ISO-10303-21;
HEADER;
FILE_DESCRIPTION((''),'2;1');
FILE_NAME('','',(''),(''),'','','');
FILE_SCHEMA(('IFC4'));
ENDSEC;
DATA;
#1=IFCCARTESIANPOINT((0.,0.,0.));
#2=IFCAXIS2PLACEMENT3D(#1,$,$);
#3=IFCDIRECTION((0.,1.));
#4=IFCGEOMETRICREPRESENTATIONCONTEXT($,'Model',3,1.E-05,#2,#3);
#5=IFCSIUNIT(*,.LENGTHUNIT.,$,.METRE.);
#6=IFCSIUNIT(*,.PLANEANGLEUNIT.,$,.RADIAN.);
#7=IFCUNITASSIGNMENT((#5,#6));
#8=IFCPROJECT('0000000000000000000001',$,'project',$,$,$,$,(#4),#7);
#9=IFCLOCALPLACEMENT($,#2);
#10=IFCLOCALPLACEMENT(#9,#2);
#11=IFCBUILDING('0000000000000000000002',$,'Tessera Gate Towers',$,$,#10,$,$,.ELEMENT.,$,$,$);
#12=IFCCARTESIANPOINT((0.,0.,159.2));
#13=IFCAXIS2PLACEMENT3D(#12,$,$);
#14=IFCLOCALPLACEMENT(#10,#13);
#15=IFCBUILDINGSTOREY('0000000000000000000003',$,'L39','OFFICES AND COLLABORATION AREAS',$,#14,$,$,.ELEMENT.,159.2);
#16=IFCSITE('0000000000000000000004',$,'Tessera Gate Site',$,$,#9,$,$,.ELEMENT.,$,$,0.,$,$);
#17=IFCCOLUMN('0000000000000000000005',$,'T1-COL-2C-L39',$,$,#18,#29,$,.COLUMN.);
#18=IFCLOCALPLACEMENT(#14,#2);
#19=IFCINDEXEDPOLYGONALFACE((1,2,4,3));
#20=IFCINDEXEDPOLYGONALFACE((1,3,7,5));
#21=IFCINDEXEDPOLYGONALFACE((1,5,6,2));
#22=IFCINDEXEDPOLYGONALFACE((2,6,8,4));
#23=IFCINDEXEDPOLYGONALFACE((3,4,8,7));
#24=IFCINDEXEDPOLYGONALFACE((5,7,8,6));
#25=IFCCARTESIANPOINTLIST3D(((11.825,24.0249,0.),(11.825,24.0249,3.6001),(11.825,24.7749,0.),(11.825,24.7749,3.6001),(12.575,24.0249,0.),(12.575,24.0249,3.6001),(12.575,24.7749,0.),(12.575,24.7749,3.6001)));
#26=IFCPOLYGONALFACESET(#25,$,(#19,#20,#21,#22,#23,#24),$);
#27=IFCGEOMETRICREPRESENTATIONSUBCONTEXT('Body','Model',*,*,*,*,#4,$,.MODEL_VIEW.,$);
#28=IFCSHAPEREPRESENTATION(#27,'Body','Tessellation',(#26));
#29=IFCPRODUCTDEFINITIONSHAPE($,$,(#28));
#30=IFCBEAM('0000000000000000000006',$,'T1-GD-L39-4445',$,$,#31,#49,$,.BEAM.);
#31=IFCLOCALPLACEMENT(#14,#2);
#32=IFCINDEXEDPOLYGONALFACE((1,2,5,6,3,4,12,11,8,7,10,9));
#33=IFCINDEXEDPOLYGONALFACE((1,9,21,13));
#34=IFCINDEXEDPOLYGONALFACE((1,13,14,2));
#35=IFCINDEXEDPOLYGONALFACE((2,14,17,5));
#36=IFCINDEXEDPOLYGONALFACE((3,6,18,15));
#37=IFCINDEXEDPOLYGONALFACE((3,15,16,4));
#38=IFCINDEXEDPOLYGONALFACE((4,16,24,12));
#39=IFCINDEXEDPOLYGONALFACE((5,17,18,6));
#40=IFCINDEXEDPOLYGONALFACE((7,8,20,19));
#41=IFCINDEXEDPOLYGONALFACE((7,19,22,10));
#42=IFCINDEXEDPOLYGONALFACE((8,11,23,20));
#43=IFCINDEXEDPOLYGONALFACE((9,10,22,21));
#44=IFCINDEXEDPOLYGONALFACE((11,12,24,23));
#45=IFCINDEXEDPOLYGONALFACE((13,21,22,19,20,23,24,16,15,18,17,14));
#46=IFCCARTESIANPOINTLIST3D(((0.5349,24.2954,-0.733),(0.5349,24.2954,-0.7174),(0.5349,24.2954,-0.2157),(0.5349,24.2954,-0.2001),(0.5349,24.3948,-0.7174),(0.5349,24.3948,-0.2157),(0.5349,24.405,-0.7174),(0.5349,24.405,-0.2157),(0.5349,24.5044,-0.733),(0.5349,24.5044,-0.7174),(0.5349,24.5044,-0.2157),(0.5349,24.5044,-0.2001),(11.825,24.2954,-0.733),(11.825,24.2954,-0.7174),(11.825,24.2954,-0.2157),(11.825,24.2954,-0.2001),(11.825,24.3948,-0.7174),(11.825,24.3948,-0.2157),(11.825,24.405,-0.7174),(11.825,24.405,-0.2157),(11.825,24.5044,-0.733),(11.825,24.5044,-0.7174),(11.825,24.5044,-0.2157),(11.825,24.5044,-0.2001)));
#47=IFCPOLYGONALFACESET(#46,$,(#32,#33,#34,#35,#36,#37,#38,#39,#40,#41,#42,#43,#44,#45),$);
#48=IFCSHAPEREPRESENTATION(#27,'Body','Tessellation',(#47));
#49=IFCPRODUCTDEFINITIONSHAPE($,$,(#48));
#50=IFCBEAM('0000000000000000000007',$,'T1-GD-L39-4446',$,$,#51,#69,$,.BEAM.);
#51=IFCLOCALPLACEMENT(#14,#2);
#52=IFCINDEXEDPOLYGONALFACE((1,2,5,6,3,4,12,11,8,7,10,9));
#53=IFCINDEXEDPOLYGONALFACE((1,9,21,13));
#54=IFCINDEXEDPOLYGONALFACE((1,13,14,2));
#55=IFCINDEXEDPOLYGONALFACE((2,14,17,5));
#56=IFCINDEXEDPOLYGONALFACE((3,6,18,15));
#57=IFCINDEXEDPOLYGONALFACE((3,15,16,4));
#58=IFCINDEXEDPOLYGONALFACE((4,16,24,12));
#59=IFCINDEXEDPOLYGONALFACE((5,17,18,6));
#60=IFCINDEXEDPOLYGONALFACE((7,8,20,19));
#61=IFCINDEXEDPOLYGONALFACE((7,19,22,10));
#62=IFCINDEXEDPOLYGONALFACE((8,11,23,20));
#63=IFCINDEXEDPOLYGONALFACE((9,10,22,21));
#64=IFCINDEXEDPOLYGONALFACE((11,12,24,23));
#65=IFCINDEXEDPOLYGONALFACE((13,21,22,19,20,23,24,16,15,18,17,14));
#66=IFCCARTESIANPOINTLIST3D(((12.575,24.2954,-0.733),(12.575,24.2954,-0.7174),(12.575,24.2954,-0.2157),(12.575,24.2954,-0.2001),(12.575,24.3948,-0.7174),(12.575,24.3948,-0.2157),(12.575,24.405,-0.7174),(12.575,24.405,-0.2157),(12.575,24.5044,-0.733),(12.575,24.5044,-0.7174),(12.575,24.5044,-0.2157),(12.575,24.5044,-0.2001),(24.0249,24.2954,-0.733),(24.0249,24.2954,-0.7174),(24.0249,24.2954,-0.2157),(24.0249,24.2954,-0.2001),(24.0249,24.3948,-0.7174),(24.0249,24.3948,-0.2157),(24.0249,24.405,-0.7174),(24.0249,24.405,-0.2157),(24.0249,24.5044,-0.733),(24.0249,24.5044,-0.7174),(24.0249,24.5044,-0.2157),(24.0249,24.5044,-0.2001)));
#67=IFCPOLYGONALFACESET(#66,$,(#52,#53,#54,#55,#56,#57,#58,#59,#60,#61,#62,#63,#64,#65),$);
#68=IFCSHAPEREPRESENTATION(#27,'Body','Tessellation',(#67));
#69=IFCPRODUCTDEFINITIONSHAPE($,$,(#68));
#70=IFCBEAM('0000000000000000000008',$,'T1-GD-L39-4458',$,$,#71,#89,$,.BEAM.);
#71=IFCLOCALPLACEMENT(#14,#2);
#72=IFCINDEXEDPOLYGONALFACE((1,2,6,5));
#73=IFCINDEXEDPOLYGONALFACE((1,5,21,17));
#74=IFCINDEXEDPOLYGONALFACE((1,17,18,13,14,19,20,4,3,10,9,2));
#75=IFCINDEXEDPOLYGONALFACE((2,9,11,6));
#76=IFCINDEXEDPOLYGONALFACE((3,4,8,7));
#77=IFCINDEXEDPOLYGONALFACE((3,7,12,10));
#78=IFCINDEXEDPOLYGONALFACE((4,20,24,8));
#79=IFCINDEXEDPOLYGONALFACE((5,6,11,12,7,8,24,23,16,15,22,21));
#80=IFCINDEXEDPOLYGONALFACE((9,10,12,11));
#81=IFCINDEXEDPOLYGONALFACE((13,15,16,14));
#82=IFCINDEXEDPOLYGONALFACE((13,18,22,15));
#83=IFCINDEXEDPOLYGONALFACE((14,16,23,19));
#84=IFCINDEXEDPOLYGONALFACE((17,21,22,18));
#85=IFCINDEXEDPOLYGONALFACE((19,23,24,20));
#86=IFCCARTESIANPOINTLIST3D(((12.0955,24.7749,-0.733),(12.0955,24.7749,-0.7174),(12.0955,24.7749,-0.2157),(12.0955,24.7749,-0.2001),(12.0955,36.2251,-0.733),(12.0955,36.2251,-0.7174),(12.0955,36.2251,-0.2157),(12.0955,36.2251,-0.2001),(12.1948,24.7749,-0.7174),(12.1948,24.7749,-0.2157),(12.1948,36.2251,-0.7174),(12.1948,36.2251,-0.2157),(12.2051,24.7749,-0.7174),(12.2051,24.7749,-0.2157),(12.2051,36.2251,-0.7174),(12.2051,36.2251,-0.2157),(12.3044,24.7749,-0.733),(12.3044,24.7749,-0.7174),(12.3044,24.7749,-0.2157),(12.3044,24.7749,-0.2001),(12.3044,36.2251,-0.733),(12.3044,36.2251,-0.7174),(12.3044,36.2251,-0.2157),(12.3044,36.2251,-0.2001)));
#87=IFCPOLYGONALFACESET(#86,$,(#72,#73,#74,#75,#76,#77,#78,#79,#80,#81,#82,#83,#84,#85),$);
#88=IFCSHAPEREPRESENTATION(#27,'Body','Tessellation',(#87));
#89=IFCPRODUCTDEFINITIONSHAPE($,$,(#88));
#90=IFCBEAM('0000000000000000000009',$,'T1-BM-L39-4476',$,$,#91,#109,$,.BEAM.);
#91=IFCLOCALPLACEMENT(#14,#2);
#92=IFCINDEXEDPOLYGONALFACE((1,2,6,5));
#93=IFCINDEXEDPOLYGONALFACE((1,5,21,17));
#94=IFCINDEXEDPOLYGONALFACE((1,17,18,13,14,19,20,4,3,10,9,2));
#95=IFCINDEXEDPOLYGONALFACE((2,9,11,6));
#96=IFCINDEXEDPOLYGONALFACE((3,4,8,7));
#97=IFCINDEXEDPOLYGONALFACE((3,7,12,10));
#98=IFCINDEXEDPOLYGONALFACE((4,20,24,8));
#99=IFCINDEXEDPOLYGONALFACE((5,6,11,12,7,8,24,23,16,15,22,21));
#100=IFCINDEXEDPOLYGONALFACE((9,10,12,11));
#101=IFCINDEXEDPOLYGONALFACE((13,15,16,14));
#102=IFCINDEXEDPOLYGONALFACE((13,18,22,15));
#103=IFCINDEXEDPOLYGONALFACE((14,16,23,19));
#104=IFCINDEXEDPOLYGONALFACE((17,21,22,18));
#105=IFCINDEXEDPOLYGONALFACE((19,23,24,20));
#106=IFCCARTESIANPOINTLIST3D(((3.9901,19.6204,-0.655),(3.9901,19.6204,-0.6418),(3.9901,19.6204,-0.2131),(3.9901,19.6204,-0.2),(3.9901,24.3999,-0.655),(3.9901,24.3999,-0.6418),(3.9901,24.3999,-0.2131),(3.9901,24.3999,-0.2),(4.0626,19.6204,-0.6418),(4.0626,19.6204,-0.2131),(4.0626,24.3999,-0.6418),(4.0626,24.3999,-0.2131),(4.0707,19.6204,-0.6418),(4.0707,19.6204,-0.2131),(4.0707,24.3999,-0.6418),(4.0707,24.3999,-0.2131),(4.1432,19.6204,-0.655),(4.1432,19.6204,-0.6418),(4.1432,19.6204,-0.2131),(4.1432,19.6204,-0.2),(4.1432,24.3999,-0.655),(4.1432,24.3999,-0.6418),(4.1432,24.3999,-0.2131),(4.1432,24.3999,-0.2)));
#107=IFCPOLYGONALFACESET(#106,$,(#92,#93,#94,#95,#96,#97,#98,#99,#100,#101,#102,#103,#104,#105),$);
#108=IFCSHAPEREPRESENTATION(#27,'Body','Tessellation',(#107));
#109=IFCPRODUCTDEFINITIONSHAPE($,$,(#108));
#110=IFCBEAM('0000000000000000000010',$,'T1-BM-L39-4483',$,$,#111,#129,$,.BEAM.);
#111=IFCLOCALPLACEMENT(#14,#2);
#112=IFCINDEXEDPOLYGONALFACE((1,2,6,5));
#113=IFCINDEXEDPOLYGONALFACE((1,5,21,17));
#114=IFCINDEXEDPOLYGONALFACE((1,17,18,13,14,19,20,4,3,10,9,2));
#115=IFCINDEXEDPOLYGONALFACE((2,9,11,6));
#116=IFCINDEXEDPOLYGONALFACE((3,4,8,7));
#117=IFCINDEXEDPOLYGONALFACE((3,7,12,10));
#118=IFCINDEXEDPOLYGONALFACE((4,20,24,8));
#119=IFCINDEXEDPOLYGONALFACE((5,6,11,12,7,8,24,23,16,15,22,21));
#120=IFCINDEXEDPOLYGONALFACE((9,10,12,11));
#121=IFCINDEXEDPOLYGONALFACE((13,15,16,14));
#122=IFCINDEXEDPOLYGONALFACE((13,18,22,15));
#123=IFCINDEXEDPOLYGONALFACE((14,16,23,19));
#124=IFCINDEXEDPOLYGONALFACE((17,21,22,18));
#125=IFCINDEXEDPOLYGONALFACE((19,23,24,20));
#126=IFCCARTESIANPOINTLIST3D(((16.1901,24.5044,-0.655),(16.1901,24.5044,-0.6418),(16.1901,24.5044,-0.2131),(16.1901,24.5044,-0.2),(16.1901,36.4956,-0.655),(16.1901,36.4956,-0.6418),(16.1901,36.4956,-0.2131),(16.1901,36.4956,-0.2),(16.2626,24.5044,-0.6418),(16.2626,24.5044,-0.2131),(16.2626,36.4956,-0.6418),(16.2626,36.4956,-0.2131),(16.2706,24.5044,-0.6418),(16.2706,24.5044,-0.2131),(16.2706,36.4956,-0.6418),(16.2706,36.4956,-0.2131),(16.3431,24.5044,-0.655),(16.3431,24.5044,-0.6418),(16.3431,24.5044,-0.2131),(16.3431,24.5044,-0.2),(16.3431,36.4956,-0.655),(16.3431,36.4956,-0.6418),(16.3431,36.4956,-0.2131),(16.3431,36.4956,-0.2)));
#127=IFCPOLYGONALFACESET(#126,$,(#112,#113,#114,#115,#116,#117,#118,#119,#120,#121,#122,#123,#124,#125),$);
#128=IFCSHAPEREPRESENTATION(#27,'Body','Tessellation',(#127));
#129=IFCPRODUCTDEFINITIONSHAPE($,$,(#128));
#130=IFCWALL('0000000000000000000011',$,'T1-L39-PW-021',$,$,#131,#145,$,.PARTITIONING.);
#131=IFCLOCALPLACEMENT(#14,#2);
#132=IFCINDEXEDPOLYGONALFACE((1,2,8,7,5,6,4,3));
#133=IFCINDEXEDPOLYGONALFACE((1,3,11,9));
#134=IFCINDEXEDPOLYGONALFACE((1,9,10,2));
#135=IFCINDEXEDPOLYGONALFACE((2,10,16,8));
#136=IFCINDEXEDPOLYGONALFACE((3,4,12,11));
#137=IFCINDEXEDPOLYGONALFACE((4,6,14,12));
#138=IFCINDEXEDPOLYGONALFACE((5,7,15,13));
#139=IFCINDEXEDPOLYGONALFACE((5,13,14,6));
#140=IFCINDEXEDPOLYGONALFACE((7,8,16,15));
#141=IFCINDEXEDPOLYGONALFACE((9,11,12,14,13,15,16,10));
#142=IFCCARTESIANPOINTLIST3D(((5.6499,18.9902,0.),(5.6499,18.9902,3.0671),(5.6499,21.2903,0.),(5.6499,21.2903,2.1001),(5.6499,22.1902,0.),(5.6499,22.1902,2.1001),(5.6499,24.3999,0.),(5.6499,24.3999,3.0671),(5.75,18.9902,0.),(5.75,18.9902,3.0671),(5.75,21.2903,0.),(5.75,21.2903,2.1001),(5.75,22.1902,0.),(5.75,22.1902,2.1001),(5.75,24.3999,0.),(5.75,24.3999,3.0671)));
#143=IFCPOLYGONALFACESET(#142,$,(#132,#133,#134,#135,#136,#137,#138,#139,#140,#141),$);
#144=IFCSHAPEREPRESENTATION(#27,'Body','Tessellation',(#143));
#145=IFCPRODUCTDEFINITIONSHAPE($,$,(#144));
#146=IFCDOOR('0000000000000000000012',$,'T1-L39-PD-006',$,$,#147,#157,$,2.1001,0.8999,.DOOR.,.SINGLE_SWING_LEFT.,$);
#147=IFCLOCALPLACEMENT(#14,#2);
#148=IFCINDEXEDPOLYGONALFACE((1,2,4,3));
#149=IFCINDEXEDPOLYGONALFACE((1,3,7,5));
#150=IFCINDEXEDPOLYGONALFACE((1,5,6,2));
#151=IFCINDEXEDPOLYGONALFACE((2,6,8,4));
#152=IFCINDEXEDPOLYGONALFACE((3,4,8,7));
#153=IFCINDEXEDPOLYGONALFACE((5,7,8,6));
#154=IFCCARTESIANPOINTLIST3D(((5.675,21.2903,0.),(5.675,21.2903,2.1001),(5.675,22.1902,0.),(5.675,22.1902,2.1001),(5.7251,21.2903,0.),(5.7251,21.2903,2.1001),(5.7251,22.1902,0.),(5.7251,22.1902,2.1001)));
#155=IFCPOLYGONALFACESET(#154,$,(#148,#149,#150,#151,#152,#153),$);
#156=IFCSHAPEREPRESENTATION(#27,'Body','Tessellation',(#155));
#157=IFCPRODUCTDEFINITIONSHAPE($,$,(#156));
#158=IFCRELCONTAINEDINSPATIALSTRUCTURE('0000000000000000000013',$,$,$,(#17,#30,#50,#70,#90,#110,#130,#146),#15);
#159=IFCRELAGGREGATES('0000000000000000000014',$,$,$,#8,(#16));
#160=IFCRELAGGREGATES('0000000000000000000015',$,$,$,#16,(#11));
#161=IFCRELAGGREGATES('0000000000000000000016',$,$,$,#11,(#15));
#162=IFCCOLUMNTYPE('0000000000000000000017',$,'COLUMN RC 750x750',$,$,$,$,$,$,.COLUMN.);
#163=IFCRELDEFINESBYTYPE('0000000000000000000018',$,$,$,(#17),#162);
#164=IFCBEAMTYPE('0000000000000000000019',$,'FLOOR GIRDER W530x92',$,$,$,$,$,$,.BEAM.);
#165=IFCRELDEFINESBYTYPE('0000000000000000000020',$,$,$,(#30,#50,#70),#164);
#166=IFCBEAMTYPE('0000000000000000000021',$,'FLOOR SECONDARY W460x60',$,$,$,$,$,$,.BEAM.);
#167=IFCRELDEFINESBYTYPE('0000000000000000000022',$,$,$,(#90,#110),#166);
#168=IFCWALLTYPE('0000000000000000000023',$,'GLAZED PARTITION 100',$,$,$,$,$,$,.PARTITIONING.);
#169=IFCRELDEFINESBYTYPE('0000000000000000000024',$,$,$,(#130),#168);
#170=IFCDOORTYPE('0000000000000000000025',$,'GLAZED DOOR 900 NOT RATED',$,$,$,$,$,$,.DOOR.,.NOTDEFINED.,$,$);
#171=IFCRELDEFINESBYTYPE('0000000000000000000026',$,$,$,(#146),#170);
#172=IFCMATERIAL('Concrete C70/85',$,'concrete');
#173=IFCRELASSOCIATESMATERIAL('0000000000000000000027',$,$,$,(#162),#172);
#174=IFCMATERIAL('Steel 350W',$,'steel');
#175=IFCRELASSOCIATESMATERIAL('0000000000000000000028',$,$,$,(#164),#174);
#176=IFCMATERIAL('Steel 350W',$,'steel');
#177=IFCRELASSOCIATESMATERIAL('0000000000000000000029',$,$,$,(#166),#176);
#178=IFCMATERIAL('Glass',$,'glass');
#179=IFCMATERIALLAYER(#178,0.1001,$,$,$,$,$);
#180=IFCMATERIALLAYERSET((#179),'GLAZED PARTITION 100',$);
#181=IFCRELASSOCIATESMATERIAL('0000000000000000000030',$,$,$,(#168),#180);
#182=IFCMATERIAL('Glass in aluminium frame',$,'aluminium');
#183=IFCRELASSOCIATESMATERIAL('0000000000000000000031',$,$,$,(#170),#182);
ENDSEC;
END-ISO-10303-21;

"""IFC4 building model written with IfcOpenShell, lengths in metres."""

from ifc_helpers import new_model, si_unit, direction, frame, frame_2d, origin, origin_2d, place, context, subcontext, project, spatial, rectangle, i_section, extrude, source, transform, mapped, material, layer, layer_set, material_profile, profile_set, type_object, element, fill, save


model = new_model("IFC4")

# Units and contexts
model_context = context("Model", 3, precision=1e-05, world=origin(), true_north=direction((0.0, 1.0)))
body_context = subcontext(model_context, "Body", "Model", "MODEL_VIEW")
ifc_project = project(units=[si_unit("LENGTHUNIT", "METRE"), si_unit("PLANEANGLEUNIT", "RADIAN")], contexts=[model_context])

# Site, building, storey
site_placement = place(None, origin())
site = spatial("IfcSite", under=ifc_project, at=site_placement, Name="Tessera Gate Site", CompositionType="ELEMENT", RefElevation=0.0)
building_placement = place(site_placement, origin())
building = spatial("IfcBuilding", under=site, at=building_placement, Name="Tessera Gate Towers", CompositionType="ELEMENT")
storey_placement = place(building_placement, frame((0.0, 0.0, 159.2)))
storey = spatial("IfcBuildingStorey", under=building, at=storey_placement, Name="L39", Description="OFFICES AND COLLABORATION AREAS", CompositionType="ELEMENT", Elevation=159.2)

# Column
ifc_material_1 = material(Name="Concrete C70/85", Category="concrete")
ifc_material_profile_1 = material_profile(ifc_material_1, rectangle(XDim=0.75, YDim=0.75, at=origin_2d()), Name="RC 750x750")
ifc_profile_set_1 = profile_set([ifc_material_profile_1], Name="Concrete C70/85")
column_type = type_object("IfcColumnType", Name="COLUMN RC 750x750", PredefinedType="COLUMN", material=ifc_profile_set_1)
column_placement = place(storey_placement, frame((12.2, 24.3999, 0.0), z_axis=(0.0, 0.0, 1.0), x_axis=(1.0, 0.0, 0.0)))
element("IfcColumn", 1, at=column_placement, inside=storey, type_object=column_type, Name="T1-COL-2C-L39", PredefinedType="COLUMN", context=body_context, shape_type="SweptSolid", body=[
    extrude(rectangle(XDim=0.75, YDim=0.75, at=origin_2d()), origin(), (0.0, 0.0, 1.0), 3.6001),
])

# Beams
ifc_material_2 = material(Name="Steel 350W", Category="steel")
ifc_material_profile_2 = material_profile(ifc_material_2, i_section(OverallWidth=0.209, OverallDepth=0.533, WebThickness=0.0103, FlangeThickness=0.0156, at=origin_2d()), Name="W530x92")
ifc_profile_set_2 = profile_set([ifc_material_profile_2], Name="Steel 350W")
beam_type_1 = type_object("IfcBeamType", Name="FLOOR GIRDER W530x92", PredefinedType="BEAM", material=ifc_profile_set_2)
beam_1_placement = place(storey_placement, frame((0.5349, 24.3999, -0.4666), z_axis=(1.0, 0.0, 0.0), x_axis=(0.0, 1.0, 0.0)))
element("IfcBeam", 2, at=beam_1_placement, inside=storey, type_object=beam_type_1, Name="T1-GD-L39-4445", PredefinedType="BEAM", context=body_context, shape_type="SweptSolid", body=[
    extrude(i_section(OverallWidth=0.209, OverallDepth=0.533, WebThickness=0.0103, FlangeThickness=0.0156, at=origin_2d()), origin(), (0.0, 0.0, 1.0), 11.29),
])
beam_2_placement = place(storey_placement, frame((12.575, 24.3999, -0.4666), z_axis=(1.0, 0.0, 0.0), x_axis=(0.0, 1.0, 0.0)))
element("IfcBeam", 3, at=beam_2_placement, inside=storey, type_object=beam_type_1, Name="T1-GD-L39-4446", PredefinedType="BEAM", context=body_context, shape_type="SweptSolid", body=[
    extrude(i_section(OverallWidth=0.209, OverallDepth=0.533, WebThickness=0.0103, FlangeThickness=0.0156, at=origin_2d()), origin(), (0.0, 0.0, 1.0), 11.45),
])
beam_3_placement = place(storey_placement, frame((12.2, 24.7749, -0.4666), z_axis=(0.0, 1.0, 0.0), x_axis=(-1.0, 0.0, 0.0)))
element("IfcBeam", 4, at=beam_3_placement, inside=storey, type_object=beam_type_1, Name="T1-GD-L39-4458", PredefinedType="BEAM", context=body_context, shape_type="SweptSolid", body=[
    extrude(i_section(OverallWidth=0.209, OverallDepth=0.533, WebThickness=0.0103, FlangeThickness=0.0156, at=origin_2d()), origin(), (0.0, 0.0, 1.0), 11.4502),
])
ifc_material_3 = material(Name="Steel 350W", Category="steel")
ifc_material_profile_3 = material_profile(ifc_material_3, i_section(OverallWidth=0.1531, OverallDepth=0.4551, WebThickness=0.0081, FlangeThickness=0.0132, at=origin_2d()), Name="W460x60")
ifc_profile_set_3 = profile_set([ifc_material_profile_3], Name="Steel 350W")
beam_type_2 = type_object("IfcBeamType", Name="FLOOR SECONDARY W460x60", PredefinedType="BEAM", material=ifc_profile_set_3)
beam_4_placement = place(storey_placement, frame((4.0667, 19.6204, -0.4275), z_axis=(0.0, 1.0, 0.0), x_axis=(-1.0, 0.0, 0.0)))
element("IfcBeam", 5, at=beam_4_placement, inside=storey, type_object=beam_type_2, Name="T1-BM-L39-4476", PredefinedType="BEAM", context=body_context, shape_type="SweptSolid", body=[
    extrude(i_section(OverallWidth=0.1531, OverallDepth=0.4551, WebThickness=0.0081, FlangeThickness=0.0132, at=origin_2d()), origin(), (0.0, 0.0, 1.0), 4.7795),
])
beam_5_placement = place(storey_placement, frame((16.2666, 24.5044, -0.4275), z_axis=(0.0, 1.0, 0.0), x_axis=(-1.0, 0.0, 0.0)))
element("IfcBeam", 6, at=beam_5_placement, inside=storey, type_object=beam_type_2, Name="T1-BM-L39-4483", PredefinedType="BEAM", context=body_context, shape_type="SweptSolid", body=[
    extrude(i_section(OverallWidth=0.1531, OverallDepth=0.4551, WebThickness=0.0081, FlangeThickness=0.0132, at=origin_2d()), origin(), (0.0, 0.0, 1.0), 11.9912),
])

# Wall, opening, door
ifc_material_4 = material(Name="Glass", Category="glass")
ifc_layer_1 = layer(ifc_material_4, 0.1001)
ifc_layer_set_1 = layer_set([ifc_layer_1], Name="GLAZED PARTITION 100")
wall_type_1 = type_object("IfcWallType", Name="GLAZED PARTITION 100", PredefinedType="PARTITIONING", material=ifc_layer_set_1)
wall_1_placement = place(storey_placement, frame((5.7, 18.9902, 0.0), z_axis=(0.0, 0.0, 1.0), x_axis=(0.0, 1.0, 0.0)))
wall_1 = element("IfcWall", 7, at=wall_1_placement, inside=storey, type_object=wall_type_1, Name="T1-L39-PW-021", PredefinedType="PARTITIONING", context=body_context, shape_type="SweptSolid", body=[
    extrude(rectangle(XDim=5.4097, YDim=0.1001, at=frame_2d((2.7048, 0.0))), origin(), (0.0, 0.0, 1.0), 3.0671),
])
shared_shape_1 = source(origin(), body_context, "Body", "SweptSolid", [
    extrude(rectangle(XDim=0.8999, YDim=2.1001, at=frame_2d((0.45, 1.05))), frame((0.0, 0.0601, 0.0), z_axis=(0.0, -1.0, 0.0), x_axis=(1.0, 0.0, 0.0)), (0.0, 0.0, 1.0), 0.1201),
])
opening_1_placement = place(wall_1_placement, frame((2.3, 0.0, 0.0)))
opening_1 = element("IfcOpeningElement", 8, at=opening_1_placement, cuts=wall_1, PredefinedType="OPENING", context=body_context, shape_type="MappedRepresentation", body=[
    mapped(shared_shape_1, transform((0.0, 0.0, 0.0), scale=1.0)),
])
ifc_material_5 = material(Name="Glass in aluminium frame", Category="aluminium")
door_type_1 = type_object("IfcDoorType", Name="GLAZED DOOR 900 NOT RATED", OperationType="NOTDEFINED", PredefinedType="DOOR", material=ifc_material_5)
shared_shape_2 = source(origin(), body_context, "Body", "SweptSolid", [
    extrude(rectangle(XDim=0.8999, YDim=2.1001, at=frame_2d((0.45, 1.05))), frame((0.0, 0.0249, 0.0), z_axis=(0.0, -1.0, 0.0), x_axis=(1.0, 0.0, 0.0)), (0.0, 0.0, 1.0), 0.05),
])
door_1_placement = place(opening_1_placement, origin())
door_1 = element("IfcDoor", 9, at=door_1_placement, inside=storey, type_object=door_type_1, Name="T1-L39-PD-006", OperationType="SINGLE_SWING_LEFT", OverallHeight=2.1001, OverallWidth=0.8999, PredefinedType="DOOR", context=body_context, shape_type="MappedRepresentation", body=[
    mapped(shared_shape_2, transform((0.0, 0.0, 0.0), scale=1.0)),
])
fill(opening_1, door_1)

save(model, "model.ifc")
